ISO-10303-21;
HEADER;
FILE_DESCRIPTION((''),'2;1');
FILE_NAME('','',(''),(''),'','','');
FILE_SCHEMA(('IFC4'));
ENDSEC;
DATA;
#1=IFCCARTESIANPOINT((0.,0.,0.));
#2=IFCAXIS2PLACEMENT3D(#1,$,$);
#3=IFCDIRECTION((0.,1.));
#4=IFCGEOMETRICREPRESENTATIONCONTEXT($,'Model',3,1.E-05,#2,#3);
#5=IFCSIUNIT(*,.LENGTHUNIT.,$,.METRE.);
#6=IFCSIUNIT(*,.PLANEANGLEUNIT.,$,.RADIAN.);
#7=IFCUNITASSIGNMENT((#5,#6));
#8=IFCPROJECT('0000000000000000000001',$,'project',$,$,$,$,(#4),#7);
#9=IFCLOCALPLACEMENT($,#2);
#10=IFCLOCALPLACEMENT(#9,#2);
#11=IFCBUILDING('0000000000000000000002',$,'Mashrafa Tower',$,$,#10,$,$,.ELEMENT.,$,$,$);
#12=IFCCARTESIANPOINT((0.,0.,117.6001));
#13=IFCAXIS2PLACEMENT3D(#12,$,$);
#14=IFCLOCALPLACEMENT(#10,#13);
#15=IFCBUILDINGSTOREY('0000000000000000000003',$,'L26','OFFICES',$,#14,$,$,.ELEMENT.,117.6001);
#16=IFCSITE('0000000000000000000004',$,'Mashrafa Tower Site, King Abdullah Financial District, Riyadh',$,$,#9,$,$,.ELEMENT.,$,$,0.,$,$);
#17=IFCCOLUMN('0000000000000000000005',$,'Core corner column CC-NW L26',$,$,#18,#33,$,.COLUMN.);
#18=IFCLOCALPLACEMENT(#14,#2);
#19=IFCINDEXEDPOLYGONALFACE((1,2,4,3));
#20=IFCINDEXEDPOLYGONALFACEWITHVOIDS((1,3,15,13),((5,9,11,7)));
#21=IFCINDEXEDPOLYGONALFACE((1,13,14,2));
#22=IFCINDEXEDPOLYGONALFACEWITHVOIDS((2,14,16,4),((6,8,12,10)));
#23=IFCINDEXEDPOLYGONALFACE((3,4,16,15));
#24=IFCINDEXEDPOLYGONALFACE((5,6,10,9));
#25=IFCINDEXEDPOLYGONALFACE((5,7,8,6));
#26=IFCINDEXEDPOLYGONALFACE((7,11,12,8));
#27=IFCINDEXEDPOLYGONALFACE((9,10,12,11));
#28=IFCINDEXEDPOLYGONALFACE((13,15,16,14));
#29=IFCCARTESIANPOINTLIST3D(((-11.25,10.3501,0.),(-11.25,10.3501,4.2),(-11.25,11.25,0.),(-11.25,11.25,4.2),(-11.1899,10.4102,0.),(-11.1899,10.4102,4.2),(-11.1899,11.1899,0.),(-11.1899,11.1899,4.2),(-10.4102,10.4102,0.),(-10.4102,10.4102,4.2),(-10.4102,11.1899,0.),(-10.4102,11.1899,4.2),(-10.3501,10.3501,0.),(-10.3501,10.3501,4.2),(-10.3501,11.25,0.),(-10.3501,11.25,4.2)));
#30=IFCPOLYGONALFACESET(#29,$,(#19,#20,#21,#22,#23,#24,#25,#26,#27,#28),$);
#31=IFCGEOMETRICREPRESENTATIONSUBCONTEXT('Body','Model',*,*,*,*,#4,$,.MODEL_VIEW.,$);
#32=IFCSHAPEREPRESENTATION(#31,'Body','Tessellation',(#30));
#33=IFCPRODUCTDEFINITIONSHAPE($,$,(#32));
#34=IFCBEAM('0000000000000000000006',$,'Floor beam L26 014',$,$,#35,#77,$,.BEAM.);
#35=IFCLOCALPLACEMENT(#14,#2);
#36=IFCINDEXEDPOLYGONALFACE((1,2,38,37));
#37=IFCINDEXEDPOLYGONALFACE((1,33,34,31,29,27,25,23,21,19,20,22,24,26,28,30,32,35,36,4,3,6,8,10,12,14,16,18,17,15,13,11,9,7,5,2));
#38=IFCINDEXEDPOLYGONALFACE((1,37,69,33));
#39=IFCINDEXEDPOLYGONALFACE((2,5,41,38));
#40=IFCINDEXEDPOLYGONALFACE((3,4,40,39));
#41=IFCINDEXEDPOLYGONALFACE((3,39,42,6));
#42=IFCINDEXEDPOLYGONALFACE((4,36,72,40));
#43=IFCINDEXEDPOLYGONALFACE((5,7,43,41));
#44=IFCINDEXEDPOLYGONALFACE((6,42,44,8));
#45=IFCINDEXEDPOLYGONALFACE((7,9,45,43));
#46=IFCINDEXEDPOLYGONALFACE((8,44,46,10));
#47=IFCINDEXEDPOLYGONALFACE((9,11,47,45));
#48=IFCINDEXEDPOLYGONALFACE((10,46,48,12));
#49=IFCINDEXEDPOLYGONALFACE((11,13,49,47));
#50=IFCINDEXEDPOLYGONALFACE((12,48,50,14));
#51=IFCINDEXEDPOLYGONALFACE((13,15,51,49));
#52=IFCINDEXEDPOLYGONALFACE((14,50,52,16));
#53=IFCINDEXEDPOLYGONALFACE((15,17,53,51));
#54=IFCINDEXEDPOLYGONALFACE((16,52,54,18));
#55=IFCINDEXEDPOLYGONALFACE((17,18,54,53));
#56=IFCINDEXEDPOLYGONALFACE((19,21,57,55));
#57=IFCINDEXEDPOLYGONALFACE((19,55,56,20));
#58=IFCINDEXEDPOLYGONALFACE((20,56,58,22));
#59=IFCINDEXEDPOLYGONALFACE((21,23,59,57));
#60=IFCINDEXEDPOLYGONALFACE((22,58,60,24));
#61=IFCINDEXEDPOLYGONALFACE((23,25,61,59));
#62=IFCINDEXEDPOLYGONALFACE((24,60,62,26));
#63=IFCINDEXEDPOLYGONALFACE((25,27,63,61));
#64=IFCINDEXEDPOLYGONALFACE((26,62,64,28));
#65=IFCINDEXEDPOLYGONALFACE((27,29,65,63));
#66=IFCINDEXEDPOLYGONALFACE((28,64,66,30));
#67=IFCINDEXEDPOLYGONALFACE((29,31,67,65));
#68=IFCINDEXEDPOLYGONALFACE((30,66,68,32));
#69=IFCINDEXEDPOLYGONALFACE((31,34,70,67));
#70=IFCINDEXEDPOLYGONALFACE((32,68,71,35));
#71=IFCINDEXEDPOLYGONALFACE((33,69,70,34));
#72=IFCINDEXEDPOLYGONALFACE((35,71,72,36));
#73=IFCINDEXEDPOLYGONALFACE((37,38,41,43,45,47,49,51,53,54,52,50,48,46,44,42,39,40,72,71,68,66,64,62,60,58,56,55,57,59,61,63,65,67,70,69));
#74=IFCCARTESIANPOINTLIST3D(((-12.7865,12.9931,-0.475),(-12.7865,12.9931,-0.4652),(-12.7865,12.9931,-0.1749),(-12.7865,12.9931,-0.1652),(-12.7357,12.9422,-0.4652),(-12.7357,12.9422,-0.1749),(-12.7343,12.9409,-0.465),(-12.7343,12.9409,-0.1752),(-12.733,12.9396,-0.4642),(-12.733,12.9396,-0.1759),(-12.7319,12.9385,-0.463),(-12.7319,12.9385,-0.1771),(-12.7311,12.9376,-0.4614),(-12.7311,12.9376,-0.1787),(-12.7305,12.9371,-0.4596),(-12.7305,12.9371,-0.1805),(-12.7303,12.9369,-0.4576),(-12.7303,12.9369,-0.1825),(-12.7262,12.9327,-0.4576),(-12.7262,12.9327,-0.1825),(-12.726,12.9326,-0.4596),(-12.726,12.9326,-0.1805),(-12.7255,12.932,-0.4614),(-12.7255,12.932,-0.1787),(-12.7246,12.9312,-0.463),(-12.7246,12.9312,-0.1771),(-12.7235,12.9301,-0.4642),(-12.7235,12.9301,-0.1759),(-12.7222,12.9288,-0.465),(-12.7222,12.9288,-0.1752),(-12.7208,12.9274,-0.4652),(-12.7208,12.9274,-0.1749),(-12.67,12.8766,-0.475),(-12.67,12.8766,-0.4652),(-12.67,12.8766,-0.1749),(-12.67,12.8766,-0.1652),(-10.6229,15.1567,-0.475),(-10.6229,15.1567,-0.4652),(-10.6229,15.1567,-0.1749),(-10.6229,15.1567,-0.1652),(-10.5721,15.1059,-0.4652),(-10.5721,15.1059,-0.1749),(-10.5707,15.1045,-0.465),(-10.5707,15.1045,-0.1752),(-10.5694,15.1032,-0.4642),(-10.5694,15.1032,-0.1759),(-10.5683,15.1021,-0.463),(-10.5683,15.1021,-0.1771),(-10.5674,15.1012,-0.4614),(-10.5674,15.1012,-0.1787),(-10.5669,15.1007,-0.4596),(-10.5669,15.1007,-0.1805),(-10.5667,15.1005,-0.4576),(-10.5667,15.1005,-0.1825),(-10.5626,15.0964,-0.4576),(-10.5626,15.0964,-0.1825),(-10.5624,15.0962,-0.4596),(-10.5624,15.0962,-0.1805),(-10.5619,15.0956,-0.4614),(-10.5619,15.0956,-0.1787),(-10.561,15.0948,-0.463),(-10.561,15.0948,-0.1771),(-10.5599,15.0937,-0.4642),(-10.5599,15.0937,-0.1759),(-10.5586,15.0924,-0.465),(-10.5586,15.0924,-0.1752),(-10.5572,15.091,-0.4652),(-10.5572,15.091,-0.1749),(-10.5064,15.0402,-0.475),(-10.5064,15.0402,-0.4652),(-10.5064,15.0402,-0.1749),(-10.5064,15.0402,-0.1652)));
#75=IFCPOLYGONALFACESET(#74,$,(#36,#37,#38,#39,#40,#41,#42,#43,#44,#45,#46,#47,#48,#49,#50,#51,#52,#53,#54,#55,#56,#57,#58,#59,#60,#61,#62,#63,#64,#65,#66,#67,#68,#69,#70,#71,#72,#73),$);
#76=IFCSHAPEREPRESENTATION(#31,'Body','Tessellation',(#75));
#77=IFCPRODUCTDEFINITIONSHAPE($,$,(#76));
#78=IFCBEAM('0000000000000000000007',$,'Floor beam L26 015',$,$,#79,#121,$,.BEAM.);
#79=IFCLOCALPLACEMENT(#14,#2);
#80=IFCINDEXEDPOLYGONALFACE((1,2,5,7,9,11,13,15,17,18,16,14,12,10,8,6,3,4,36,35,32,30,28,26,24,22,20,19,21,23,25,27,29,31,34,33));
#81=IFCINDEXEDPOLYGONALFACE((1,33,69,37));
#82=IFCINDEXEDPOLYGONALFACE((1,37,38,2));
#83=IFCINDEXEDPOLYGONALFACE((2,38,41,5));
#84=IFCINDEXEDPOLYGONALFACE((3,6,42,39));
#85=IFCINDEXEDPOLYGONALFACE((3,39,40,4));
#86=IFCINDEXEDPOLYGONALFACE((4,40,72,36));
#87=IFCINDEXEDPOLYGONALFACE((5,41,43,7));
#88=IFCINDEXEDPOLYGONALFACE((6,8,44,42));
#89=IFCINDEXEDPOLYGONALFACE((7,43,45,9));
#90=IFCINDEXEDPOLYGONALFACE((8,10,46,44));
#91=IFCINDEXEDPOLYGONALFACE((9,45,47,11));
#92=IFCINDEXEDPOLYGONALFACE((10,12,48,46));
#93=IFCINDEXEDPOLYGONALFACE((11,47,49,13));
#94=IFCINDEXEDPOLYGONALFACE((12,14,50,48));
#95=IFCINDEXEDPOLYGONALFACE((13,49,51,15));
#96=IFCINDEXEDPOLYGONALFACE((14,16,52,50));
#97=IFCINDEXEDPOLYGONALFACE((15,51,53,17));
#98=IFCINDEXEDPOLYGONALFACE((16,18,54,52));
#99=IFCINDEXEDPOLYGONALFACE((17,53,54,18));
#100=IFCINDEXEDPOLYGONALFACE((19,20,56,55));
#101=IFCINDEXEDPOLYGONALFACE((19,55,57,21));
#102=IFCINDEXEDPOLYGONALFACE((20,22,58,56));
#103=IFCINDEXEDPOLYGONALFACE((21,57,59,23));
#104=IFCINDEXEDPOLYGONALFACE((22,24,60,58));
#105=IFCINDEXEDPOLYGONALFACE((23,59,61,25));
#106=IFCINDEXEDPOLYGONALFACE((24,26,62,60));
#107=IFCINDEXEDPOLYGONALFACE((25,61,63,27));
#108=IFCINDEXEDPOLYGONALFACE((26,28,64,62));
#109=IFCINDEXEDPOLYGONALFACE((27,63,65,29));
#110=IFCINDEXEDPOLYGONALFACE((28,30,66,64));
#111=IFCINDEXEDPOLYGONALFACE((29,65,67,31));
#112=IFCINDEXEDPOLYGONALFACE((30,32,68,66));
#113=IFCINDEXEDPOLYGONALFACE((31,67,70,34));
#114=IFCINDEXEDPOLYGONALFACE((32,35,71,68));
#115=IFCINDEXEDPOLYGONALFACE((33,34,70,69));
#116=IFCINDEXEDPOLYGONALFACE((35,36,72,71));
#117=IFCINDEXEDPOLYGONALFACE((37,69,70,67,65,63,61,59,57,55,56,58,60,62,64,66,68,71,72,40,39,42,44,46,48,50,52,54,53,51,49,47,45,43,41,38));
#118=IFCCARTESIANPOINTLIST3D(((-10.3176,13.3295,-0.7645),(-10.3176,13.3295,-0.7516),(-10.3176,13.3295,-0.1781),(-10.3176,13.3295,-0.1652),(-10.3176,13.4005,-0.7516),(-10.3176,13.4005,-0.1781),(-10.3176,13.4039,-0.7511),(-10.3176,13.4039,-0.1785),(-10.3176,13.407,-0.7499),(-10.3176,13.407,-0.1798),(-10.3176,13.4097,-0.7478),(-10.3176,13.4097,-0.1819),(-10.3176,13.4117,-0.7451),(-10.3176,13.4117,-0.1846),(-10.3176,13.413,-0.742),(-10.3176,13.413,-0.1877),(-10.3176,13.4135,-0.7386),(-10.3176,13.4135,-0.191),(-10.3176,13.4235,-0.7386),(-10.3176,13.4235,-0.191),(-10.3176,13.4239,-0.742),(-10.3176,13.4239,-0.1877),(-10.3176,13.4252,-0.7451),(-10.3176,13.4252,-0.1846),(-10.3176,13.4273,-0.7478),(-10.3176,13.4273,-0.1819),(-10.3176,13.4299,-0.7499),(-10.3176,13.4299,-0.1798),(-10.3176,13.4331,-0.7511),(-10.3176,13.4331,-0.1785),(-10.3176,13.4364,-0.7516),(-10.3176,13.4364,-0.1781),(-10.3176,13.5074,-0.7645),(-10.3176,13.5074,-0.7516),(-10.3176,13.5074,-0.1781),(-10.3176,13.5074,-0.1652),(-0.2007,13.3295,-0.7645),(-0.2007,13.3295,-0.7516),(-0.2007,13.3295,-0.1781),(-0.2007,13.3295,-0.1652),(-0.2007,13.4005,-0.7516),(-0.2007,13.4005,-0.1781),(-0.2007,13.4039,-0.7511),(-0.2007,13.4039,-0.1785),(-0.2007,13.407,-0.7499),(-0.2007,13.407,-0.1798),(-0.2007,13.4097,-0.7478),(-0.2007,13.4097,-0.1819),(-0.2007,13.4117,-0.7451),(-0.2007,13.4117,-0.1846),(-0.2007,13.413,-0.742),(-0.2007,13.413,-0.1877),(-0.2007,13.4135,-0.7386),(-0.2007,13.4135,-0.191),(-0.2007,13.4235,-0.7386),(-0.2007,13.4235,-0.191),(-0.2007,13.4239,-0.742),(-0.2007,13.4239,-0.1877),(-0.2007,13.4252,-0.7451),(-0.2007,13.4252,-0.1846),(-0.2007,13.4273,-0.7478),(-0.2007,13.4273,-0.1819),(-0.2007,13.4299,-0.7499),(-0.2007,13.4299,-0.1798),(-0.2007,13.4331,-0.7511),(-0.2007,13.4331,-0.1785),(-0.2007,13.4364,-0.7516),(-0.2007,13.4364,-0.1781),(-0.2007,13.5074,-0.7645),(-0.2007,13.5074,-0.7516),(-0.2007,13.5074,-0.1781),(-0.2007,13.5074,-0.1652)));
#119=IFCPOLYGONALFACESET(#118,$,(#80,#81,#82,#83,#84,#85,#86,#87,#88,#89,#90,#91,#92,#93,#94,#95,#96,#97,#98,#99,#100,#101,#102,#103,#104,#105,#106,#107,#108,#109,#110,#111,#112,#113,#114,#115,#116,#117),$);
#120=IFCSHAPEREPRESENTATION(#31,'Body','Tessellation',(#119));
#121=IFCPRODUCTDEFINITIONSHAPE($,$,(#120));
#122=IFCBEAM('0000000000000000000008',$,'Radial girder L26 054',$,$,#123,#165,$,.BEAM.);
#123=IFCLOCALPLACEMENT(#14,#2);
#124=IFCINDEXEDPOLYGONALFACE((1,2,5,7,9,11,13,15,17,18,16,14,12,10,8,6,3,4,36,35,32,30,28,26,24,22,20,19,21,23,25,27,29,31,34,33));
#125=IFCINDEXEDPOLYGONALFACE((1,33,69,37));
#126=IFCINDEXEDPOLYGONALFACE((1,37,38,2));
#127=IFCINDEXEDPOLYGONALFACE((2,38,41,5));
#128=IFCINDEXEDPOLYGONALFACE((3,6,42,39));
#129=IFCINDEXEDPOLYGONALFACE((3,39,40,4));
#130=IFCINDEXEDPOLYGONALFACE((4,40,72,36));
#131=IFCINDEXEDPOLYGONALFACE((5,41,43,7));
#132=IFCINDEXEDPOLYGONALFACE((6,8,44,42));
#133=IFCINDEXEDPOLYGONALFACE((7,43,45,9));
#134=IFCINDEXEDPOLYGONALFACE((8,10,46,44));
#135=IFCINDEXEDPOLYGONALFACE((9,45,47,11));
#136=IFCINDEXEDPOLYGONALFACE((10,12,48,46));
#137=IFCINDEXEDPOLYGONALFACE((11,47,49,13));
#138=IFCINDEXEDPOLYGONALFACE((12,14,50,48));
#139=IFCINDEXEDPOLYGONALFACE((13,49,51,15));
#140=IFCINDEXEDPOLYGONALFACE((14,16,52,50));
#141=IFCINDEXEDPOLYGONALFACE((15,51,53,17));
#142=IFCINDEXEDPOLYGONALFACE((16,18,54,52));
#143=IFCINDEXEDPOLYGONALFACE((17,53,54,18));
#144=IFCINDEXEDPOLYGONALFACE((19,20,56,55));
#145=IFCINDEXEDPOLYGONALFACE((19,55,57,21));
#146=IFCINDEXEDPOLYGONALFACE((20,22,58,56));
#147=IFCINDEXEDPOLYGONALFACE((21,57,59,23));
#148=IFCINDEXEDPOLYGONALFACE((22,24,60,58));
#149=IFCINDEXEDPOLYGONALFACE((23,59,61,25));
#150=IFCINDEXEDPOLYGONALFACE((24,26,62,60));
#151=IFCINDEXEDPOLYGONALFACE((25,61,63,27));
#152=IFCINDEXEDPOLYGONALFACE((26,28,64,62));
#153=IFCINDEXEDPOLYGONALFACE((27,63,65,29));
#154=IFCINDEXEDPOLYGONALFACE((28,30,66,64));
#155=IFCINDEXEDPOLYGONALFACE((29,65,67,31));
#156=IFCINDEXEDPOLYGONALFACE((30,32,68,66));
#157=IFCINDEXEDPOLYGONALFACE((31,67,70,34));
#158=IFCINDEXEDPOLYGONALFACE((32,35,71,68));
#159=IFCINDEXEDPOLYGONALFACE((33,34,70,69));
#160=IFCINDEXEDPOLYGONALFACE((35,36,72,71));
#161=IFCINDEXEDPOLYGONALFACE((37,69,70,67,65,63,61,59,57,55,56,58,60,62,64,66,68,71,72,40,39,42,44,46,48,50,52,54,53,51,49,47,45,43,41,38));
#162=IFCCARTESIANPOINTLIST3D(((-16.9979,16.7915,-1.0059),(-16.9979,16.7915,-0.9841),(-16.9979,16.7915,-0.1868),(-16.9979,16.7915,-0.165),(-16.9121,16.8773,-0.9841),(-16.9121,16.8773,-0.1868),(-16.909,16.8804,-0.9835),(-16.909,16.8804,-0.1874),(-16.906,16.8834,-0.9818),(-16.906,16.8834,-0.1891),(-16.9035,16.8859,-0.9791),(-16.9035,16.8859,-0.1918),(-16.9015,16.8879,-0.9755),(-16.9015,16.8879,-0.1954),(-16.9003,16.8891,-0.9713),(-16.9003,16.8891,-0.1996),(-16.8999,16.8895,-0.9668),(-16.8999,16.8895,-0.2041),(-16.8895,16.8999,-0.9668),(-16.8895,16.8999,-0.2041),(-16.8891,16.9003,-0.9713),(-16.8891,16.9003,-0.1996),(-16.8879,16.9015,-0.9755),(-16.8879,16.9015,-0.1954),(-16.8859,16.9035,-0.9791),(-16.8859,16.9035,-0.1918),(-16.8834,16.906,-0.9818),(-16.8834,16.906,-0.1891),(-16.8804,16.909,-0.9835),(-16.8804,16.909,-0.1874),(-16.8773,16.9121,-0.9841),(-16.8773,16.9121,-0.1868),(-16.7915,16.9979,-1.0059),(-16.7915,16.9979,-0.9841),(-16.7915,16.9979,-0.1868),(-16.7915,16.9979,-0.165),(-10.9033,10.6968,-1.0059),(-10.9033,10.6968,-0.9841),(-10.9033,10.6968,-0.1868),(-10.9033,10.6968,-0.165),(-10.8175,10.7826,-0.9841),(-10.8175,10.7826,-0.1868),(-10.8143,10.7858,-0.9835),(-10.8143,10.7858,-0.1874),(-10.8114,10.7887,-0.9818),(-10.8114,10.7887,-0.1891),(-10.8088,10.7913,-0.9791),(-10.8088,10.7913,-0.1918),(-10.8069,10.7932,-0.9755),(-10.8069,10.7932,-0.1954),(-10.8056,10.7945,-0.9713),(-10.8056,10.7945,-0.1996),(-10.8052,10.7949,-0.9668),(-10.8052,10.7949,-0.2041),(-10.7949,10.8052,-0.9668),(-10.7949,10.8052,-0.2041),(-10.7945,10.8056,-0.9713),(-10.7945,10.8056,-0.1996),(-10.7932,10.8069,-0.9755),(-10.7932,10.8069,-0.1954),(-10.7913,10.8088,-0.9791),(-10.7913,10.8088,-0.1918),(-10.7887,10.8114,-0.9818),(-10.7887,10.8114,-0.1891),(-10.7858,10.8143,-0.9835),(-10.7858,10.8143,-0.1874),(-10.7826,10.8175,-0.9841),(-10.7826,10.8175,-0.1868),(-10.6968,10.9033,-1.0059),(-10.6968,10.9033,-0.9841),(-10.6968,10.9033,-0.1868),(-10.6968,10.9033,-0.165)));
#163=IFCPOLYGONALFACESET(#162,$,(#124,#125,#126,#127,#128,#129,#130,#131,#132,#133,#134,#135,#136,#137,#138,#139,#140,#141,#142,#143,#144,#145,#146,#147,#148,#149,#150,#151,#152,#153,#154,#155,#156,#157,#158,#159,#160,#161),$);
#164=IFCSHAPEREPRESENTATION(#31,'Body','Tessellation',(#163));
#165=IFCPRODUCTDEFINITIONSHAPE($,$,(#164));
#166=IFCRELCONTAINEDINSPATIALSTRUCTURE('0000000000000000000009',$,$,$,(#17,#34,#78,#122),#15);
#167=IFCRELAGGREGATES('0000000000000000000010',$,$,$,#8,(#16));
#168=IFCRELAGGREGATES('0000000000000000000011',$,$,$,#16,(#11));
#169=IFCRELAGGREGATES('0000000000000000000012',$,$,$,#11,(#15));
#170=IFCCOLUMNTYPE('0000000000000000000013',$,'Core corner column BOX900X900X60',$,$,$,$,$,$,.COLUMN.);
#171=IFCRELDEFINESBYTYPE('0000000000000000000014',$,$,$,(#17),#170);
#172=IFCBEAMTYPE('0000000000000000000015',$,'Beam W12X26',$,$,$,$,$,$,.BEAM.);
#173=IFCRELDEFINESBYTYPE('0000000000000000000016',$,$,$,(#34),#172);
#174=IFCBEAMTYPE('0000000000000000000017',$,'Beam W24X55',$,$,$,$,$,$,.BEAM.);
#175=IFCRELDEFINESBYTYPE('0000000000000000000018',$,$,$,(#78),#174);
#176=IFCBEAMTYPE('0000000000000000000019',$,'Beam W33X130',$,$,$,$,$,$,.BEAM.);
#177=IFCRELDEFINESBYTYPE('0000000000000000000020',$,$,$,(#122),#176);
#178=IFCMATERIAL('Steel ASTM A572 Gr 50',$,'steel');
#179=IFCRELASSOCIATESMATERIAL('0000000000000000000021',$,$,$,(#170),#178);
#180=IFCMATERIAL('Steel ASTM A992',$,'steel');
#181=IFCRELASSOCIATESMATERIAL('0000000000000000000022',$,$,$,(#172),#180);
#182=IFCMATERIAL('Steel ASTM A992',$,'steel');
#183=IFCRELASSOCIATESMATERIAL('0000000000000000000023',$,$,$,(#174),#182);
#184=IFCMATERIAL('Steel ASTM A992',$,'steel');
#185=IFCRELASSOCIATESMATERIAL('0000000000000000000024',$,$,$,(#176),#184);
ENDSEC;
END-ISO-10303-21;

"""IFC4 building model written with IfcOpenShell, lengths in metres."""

from ifc_helpers import new_model, si_unit, direction, frame, origin, origin_2d, place, context, subcontext, project, spatial, hollow_rectangle, i_section, extrude, material, material_profile, profile_set, type_object, element, save


model = new_model("IFC4")

# Units and contexts
model_context = context("Model", 3, precision=1e-05, world=origin(), true_north=direction((0.0, 1.0)))
body_context = subcontext(model_context, "Body", "Model", "MODEL_VIEW")
ifc_project = project(units=[si_unit("LENGTHUNIT", "METRE"), si_unit("PLANEANGLEUNIT", "RADIAN")], contexts=[model_context])

# Site, building, storey
site_placement = place(None, origin())
site = spatial("IfcSite", under=ifc_project, at=site_placement, Name="Mashrafa Tower Site, King Abdullah Financial District, Riyadh", CompositionType="ELEMENT", RefElevation=0.0)
building_placement = place(site_placement, origin())
building = spatial("IfcBuilding", under=site, at=building_placement, Name="Mashrafa Tower", CompositionType="ELEMENT")
storey_placement = place(building_placement, frame((0.0, 0.0, 117.6001)))
storey = spatial("IfcBuildingStorey", under=building, at=storey_placement, Name="L26", Description="OFFICES", CompositionType="ELEMENT", Elevation=117.6001)

# Column
ifc_material_1 = material(Name="Steel ASTM A572 Gr 50", Category="steel")
ifc_material_profile_1 = material_profile(ifc_material_1, hollow_rectangle(XDim=0.8999, YDim=0.8999, WallThickness=0.0601, at=origin_2d()), Name="BOX900X900X60")
ifc_profile_set_1 = profile_set([ifc_material_profile_1], Name="Steel ASTM A572 Gr 50")
column_type = type_object("IfcColumnType", Name="Core corner column BOX900X900X60", PredefinedType="COLUMN", material=ifc_profile_set_1)
column_placement = place(storey_placement, frame((-10.8, 10.8, 0.0), z_axis=(0.0, 0.0, 1.0), x_axis=(1.0, 0.0, 0.0)))
element("IfcColumn", 1, at=column_placement, inside=storey, type_object=column_type, Name="Core corner column CC-NW L26", PredefinedType="COLUMN", context=body_context, shape_type="SweptSolid", body=[
    extrude(hollow_rectangle(XDim=0.8999, YDim=0.8999, WallThickness=0.0601, at=origin_2d()), origin(), (0.0, 0.0, 1.0), 4.2),
])

# Beams
ifc_material_2 = material(Name="Steel ASTM A992", Category="steel")
ifc_material_profile_2 = material_profile(ifc_material_2, i_section(OverallWidth=0.1648, OverallDepth=0.3098, WebThickness=0.0059, FlangeThickness=0.0098, FilletRadius=0.0076, at=origin_2d()), Name="W12X26")
ifc_profile_set_2 = profile_set([ifc_material_profile_2], Name="Steel ASTM A992")
beam_type_1 = type_object("IfcBeamType", Name="Beam W12X26", PredefinedType="BEAM", material=ifc_profile_set_2)
beam_1_placement = place(storey_placement, frame((-12.7283, 12.9348, -0.3201), z_axis=(0.707107, 0.707107, 0.0), x_axis=(-0.707107, 0.707107, 0.0)))
element("IfcBeam", 2, at=beam_1_placement, inside=storey, type_object=beam_type_1, Name="Floor beam L26 014", PredefinedType="BEAM", context=body_context, shape_type="SweptSolid", body=[
    extrude(i_section(OverallWidth=0.1648, OverallDepth=0.3098, WebThickness=0.0059, FlangeThickness=0.0098, FilletRadius=0.0076, at=origin_2d()), origin(), (0.0, 0.0, 1.0), 3.0598),
])
ifc_material_3 = material(Name="Steel ASTM A992", Category="steel")
ifc_material_profile_3 = material_profile(ifc_material_3, i_section(OverallWidth=0.178, OverallDepth=0.5994, WebThickness=0.01, FlangeThickness=0.0129, FilletRadius=0.0129, at=origin_2d()), Name="W24X55")
ifc_profile_set_3 = profile_set([ifc_material_profile_3], Name="Steel ASTM A992")
beam_type_2 = type_object("IfcBeamType", Name="Beam W24X55", PredefinedType="BEAM", material=ifc_profile_set_3)
beam_2_placement = place(storey_placement, frame((-10.3176, 13.4185, -0.4648), z_axis=(1.0, 0.0, 0.0), x_axis=(0.0, 1.0, 0.0)))
element("IfcBeam", 3, at=beam_2_placement, inside=storey, type_object=beam_type_2, Name="Floor beam L26 015", PredefinedType="BEAM", context=body_context, shape_type="SweptSolid", body=[
    extrude(i_section(OverallWidth=0.178, OverallDepth=0.5994, WebThickness=0.01, FlangeThickness=0.0129, FilletRadius=0.0129, at=origin_2d()), origin(), (0.0, 0.0, 1.0), 10.1169),
])
ifc_material_4 = material(Name="Steel ASTM A992", Category="steel")
ifc_material_profile_4 = material_profile(ifc_material_4, i_section(OverallWidth=0.292, OverallDepth=0.8408, WebThickness=0.0146, FlangeThickness=0.0217, FilletRadius=0.0173, at=origin_2d()), Name="W33X130")
ifc_profile_set_4 = profile_set([ifc_material_profile_4], Name="Steel ASTM A992")
beam_type_3 = type_object("IfcBeamType", Name="Beam W33X130", PredefinedType="BEAM", material=ifc_profile_set_4)
beam_3_placement = place(storey_placement, frame((-10.8, 10.8, -0.5854), z_axis=(-0.707107, 0.707107, 0.0), x_axis=(-0.707107, -0.707107, 0.0)))
element("IfcBeam", 4, at=beam_3_placement, inside=storey, type_object=beam_type_3, Name="Radial girder L26 054", PredefinedType="BEAM", context=body_context, shape_type="SweptSolid", body=[
    extrude(i_section(OverallWidth=0.292, OverallDepth=0.8408, WebThickness=0.0146, FlangeThickness=0.0217, FilletRadius=0.0173, at=origin_2d()), origin(), (0.0, 0.0, 1.0), 8.6191),
])

save(model, "model.ifc")
